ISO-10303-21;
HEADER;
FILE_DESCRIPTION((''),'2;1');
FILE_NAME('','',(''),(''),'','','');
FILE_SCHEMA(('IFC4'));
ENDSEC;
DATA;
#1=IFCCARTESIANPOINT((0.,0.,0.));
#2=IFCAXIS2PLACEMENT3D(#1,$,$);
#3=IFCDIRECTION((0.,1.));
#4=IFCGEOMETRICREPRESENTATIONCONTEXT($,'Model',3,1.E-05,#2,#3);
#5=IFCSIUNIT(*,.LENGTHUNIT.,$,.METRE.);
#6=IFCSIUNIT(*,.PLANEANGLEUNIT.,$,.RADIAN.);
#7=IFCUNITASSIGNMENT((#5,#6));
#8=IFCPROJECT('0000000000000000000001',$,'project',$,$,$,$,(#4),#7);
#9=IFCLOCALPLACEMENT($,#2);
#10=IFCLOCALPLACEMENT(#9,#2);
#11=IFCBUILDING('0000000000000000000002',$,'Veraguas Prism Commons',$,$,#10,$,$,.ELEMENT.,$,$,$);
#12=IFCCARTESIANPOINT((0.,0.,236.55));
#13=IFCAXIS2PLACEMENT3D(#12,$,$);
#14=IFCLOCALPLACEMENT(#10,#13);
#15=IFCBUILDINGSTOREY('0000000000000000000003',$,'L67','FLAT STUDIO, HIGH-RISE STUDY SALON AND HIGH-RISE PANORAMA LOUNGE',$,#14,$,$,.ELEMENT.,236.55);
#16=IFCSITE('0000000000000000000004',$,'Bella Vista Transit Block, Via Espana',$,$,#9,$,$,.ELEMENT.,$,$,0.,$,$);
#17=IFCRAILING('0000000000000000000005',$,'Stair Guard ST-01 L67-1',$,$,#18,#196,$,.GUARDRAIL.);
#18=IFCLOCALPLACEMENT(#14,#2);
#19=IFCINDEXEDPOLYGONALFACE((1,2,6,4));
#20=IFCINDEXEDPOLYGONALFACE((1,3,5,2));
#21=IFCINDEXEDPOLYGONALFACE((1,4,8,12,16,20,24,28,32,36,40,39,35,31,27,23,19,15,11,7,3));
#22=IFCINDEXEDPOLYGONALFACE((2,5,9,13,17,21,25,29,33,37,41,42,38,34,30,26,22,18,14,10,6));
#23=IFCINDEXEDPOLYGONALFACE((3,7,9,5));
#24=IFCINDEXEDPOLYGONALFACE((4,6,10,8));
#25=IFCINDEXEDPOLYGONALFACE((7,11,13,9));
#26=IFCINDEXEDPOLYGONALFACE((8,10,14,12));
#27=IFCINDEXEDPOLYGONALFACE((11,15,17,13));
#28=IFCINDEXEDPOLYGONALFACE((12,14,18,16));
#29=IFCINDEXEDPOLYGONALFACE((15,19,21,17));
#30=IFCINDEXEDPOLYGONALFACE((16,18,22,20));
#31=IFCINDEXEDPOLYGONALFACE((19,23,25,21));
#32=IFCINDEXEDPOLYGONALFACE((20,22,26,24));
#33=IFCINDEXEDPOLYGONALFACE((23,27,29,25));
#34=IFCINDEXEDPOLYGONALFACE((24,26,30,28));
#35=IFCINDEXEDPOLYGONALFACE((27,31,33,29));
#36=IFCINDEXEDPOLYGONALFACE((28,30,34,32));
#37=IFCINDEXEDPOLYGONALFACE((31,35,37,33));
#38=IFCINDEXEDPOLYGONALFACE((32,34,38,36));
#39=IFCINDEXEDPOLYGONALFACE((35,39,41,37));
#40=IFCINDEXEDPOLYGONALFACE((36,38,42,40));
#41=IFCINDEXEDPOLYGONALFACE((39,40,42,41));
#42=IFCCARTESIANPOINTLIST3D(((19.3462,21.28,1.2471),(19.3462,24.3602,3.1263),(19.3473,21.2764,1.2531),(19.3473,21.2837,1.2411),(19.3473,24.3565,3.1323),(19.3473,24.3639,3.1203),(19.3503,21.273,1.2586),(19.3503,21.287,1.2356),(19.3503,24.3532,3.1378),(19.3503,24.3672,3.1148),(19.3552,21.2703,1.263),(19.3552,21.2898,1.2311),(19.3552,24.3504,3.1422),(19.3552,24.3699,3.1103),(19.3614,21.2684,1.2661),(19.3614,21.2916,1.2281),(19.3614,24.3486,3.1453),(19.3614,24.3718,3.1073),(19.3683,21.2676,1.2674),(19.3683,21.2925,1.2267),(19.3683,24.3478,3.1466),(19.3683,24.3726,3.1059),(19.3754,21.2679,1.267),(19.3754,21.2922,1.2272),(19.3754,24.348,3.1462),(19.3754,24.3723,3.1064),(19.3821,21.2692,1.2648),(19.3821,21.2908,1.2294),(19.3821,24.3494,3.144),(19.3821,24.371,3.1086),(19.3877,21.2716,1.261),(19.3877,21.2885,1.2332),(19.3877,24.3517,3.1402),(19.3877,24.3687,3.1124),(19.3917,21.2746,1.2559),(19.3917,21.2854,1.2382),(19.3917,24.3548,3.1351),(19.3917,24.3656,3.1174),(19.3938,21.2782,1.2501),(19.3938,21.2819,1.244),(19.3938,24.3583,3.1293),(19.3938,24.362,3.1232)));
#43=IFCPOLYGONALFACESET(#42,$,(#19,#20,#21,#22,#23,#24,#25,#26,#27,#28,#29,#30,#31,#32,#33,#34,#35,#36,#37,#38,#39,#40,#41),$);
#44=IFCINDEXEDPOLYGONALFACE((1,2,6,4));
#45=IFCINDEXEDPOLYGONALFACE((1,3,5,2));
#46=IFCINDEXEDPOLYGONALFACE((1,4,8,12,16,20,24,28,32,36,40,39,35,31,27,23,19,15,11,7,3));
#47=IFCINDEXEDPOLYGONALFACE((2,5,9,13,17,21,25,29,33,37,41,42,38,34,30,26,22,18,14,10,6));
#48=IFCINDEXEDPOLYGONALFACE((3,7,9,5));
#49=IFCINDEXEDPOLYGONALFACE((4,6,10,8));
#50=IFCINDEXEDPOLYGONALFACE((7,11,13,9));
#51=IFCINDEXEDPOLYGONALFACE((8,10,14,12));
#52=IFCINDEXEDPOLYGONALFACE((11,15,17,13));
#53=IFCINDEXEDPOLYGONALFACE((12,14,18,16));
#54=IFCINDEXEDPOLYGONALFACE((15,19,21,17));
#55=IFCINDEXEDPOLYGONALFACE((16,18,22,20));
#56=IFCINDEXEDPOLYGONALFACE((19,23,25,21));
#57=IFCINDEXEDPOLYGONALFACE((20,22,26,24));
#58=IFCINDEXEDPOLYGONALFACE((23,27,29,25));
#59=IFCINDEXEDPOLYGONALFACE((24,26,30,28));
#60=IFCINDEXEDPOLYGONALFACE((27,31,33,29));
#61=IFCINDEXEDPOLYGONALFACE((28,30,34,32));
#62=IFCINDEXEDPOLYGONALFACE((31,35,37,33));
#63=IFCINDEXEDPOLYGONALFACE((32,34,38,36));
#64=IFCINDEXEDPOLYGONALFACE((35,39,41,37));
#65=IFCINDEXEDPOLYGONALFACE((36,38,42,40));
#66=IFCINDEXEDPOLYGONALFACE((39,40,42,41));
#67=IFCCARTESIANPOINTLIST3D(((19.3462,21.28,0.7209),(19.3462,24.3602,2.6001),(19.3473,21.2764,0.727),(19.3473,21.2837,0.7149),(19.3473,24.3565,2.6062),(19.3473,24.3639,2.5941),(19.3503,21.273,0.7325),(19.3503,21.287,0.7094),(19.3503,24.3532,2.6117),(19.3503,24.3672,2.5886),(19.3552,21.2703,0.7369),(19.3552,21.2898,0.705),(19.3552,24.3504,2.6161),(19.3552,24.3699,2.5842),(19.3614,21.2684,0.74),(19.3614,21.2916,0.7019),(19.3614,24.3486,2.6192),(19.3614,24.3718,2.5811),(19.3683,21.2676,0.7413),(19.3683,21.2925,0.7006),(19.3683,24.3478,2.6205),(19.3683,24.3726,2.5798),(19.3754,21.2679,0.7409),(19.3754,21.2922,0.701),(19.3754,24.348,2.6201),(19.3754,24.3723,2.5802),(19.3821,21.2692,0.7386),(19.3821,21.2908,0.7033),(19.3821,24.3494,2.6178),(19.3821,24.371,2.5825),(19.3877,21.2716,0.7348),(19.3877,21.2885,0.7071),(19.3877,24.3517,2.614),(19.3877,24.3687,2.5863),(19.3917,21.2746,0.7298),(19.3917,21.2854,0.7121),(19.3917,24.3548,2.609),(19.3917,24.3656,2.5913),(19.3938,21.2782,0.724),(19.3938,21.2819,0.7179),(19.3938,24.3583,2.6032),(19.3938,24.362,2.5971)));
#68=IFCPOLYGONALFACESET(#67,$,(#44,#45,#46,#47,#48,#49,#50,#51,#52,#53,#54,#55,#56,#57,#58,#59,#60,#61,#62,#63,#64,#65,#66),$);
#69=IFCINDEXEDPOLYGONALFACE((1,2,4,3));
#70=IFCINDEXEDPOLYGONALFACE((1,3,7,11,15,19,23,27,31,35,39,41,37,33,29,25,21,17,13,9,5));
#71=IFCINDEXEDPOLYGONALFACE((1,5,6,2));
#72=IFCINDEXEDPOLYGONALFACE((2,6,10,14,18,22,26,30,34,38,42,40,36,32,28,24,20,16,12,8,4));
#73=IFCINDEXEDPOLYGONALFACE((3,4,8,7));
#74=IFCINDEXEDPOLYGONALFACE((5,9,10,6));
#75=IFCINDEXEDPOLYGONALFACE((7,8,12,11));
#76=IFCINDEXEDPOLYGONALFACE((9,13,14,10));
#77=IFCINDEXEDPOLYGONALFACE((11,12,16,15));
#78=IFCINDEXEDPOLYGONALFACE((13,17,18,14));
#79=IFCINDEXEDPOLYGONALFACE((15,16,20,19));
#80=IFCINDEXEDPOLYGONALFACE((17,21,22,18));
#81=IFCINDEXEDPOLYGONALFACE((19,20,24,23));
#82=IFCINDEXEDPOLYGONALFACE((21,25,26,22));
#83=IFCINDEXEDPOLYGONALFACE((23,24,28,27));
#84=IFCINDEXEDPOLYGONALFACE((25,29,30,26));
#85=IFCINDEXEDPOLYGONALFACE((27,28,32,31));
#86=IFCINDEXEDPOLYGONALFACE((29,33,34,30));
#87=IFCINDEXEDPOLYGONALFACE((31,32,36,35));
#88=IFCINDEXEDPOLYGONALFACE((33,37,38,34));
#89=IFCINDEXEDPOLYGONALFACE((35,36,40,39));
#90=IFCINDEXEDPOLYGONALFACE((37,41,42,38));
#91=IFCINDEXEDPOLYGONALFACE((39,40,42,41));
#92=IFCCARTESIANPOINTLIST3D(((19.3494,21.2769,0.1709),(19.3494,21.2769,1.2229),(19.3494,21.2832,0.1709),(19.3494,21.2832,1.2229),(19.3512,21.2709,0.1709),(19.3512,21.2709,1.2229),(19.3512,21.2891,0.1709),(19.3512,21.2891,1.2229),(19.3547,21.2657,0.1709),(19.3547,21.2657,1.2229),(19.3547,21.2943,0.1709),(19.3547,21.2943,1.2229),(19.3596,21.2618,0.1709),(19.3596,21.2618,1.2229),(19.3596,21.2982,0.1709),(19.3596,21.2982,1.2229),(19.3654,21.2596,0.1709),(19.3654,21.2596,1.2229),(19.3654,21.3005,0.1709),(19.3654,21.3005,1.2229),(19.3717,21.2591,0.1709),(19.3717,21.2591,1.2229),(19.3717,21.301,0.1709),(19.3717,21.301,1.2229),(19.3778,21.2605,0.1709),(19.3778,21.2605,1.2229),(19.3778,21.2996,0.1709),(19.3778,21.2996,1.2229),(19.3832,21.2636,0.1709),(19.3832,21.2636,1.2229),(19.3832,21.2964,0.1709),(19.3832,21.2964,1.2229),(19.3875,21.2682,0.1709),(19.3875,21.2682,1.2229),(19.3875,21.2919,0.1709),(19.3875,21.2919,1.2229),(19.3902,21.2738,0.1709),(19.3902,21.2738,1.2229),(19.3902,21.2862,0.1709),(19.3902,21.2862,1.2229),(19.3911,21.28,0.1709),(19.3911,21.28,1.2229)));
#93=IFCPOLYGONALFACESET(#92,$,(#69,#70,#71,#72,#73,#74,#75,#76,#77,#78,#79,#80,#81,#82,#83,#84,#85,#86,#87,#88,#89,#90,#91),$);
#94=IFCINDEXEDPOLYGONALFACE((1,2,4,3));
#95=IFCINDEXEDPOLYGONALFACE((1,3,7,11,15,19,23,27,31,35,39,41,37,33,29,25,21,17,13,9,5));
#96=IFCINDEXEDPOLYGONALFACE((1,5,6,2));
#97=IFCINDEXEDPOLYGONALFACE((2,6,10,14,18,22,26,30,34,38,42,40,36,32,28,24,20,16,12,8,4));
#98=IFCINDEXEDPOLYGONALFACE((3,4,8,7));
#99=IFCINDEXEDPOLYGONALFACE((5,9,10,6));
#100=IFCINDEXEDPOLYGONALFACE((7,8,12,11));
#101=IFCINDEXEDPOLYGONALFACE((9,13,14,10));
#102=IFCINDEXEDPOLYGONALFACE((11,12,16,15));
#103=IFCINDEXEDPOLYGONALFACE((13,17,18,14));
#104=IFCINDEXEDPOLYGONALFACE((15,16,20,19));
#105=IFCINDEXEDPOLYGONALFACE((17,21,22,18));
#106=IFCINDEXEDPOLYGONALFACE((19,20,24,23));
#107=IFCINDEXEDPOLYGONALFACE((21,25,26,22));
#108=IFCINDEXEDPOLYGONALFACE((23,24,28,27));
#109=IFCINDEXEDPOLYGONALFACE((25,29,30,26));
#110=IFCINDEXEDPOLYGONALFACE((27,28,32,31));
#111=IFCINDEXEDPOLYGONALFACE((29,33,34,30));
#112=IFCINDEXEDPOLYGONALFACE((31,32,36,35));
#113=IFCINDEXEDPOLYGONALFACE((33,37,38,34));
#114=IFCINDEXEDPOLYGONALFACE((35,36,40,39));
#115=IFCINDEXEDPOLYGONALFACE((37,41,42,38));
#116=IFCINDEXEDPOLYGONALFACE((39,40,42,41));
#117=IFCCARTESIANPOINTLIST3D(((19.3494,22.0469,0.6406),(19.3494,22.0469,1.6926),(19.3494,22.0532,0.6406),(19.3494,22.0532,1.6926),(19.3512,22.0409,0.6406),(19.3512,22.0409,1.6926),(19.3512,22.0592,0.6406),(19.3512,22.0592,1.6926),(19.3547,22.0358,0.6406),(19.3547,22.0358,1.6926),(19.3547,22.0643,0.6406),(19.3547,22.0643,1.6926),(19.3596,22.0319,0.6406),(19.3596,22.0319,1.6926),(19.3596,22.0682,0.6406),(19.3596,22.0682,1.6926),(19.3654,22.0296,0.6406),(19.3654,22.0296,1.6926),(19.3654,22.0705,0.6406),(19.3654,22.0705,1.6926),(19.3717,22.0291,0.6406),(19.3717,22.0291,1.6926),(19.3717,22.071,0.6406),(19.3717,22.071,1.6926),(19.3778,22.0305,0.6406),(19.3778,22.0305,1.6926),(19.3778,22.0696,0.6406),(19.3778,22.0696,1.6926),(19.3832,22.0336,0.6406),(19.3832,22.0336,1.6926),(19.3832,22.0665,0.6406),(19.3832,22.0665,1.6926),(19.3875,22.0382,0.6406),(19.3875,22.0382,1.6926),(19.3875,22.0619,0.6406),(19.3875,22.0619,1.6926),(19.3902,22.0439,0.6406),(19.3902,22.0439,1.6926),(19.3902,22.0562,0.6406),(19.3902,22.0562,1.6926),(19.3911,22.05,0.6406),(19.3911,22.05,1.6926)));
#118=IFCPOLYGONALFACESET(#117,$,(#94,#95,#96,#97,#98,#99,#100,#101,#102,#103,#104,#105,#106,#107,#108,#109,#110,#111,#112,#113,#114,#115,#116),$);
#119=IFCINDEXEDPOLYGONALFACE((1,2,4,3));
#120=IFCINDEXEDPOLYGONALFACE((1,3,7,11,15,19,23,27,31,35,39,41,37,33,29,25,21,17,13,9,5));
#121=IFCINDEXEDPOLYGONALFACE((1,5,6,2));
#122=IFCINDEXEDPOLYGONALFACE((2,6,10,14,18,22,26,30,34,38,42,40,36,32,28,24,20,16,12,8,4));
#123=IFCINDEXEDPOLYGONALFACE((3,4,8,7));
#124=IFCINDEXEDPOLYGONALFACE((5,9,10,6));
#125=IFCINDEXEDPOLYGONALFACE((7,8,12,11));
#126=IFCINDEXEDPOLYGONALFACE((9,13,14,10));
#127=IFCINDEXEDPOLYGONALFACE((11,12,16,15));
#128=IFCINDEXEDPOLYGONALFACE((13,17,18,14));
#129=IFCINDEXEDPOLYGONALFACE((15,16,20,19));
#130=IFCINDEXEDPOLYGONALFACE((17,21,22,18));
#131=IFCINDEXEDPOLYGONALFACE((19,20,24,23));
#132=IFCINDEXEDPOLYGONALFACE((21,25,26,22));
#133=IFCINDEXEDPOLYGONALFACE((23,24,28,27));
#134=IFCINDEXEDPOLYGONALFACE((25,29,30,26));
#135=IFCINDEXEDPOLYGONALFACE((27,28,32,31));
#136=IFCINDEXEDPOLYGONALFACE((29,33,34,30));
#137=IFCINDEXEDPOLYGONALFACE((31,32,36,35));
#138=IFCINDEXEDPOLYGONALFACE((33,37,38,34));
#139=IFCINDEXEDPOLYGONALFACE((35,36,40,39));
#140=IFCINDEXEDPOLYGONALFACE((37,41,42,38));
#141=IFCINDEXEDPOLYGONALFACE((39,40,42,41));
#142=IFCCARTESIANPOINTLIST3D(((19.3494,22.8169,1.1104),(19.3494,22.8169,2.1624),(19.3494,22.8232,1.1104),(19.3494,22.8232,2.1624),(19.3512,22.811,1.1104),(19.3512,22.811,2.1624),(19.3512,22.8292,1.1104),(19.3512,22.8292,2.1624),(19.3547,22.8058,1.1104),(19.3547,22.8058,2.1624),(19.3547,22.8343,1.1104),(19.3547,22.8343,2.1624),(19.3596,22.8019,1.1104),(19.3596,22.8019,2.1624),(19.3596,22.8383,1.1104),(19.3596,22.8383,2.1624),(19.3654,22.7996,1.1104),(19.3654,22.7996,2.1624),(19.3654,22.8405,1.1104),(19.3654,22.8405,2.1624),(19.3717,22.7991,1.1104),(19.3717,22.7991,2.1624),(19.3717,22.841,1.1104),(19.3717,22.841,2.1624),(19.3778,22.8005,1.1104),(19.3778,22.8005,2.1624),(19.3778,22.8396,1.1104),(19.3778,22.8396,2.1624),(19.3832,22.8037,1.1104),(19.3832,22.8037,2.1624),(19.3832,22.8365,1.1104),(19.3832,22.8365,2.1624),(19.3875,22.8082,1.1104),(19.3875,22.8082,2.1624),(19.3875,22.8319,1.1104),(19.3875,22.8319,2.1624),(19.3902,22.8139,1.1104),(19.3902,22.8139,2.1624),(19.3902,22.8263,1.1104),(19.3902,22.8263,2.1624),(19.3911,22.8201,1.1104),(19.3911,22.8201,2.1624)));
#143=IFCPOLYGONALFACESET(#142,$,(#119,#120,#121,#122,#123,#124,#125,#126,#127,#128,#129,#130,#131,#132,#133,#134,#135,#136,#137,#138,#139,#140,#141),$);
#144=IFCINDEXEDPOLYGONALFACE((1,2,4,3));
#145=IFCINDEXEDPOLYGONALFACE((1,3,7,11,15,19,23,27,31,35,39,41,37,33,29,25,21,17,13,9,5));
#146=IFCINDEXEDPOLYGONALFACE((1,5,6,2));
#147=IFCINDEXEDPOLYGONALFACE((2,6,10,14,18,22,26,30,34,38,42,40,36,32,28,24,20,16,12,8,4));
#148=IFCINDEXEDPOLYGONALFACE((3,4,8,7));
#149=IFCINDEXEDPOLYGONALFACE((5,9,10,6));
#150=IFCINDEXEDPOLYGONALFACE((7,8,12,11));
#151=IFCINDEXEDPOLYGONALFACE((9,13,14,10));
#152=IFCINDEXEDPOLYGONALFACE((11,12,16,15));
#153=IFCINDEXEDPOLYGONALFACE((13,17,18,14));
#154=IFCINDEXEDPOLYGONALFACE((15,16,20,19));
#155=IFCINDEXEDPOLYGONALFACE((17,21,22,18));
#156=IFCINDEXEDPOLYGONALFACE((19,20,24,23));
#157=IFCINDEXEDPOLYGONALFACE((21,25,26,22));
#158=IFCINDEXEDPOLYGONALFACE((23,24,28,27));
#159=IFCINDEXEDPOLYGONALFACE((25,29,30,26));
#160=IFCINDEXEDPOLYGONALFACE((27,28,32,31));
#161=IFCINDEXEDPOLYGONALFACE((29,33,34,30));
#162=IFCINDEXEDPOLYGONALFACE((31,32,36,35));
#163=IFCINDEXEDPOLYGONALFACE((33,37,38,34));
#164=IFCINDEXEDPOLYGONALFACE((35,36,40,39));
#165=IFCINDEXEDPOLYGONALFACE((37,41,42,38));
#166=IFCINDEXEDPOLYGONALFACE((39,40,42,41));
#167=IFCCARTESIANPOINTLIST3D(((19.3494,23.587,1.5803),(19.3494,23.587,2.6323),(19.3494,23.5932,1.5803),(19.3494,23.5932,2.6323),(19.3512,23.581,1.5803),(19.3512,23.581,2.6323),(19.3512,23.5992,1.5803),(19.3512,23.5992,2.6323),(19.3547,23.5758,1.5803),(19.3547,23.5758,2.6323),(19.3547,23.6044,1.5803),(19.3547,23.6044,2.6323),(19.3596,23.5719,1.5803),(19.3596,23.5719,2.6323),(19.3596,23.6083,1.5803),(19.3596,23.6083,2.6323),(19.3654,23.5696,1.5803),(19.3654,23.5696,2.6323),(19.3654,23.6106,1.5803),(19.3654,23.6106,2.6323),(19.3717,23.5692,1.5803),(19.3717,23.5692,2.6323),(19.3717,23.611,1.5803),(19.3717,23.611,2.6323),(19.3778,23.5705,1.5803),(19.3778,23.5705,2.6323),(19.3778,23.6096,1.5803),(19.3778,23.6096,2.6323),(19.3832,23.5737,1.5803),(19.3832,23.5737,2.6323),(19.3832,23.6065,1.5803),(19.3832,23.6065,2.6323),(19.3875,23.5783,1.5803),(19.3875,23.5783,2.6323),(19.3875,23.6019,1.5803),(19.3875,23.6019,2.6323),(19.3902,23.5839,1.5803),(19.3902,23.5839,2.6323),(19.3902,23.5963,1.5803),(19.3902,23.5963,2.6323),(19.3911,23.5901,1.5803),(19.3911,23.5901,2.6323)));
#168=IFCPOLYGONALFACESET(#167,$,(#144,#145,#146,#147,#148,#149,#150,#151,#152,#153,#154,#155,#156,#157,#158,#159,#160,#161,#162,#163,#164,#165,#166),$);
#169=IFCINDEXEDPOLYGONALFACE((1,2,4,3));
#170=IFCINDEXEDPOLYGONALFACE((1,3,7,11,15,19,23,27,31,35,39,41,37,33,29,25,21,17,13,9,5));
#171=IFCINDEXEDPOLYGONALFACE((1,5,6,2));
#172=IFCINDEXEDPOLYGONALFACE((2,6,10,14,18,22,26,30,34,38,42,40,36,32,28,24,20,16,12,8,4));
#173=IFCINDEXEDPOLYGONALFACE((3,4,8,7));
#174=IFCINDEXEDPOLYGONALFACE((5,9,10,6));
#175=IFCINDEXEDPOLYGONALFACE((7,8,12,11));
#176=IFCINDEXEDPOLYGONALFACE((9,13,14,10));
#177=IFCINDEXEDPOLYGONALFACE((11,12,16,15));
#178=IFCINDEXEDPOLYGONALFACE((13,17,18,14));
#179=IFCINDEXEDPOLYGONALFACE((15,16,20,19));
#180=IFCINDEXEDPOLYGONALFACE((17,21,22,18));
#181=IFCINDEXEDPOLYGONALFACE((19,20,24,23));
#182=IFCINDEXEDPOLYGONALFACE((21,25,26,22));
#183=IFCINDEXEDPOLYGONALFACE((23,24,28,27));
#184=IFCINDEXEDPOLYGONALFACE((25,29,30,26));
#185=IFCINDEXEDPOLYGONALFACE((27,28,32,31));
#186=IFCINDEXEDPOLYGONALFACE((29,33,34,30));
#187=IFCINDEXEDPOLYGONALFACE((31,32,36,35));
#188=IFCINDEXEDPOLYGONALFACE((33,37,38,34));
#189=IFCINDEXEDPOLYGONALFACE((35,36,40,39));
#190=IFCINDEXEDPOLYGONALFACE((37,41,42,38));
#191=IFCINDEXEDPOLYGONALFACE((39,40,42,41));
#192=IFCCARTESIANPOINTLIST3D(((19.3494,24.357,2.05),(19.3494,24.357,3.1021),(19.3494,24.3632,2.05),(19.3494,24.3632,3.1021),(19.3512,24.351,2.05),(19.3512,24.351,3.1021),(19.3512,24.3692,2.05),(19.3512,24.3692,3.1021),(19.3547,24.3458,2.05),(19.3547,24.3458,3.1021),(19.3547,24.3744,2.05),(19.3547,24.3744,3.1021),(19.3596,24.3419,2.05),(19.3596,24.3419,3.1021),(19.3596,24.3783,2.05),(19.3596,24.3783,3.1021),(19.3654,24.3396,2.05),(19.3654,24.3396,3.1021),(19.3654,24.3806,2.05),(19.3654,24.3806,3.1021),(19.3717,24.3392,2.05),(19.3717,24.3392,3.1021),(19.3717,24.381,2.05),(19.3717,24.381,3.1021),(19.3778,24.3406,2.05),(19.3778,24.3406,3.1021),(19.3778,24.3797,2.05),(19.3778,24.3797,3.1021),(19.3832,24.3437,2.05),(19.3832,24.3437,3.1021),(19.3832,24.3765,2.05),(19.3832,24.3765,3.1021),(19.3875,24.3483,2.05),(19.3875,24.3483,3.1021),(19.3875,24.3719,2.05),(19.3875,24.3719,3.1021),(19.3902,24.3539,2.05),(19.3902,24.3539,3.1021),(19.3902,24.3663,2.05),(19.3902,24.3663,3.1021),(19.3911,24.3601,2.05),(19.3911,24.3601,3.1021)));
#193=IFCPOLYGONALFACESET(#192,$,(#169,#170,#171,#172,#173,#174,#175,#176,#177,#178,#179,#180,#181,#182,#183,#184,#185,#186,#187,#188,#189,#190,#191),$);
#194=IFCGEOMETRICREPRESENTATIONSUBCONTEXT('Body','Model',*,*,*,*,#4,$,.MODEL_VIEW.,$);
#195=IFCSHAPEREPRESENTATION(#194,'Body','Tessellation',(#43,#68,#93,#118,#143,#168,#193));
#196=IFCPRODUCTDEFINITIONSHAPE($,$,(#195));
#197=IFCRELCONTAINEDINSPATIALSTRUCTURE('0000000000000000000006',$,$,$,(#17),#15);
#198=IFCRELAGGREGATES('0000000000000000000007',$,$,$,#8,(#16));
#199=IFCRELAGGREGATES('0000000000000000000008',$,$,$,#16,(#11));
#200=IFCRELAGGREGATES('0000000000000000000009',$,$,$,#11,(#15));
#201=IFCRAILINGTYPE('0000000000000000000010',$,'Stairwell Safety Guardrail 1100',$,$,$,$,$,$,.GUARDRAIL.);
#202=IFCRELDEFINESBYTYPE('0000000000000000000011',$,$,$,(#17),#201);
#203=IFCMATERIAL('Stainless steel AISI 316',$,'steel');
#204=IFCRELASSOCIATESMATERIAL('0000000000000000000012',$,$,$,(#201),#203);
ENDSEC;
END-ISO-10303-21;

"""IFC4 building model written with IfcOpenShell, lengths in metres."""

from ifc_helpers import new_model, si_unit, direction, frame, origin, origin_2d, place, context, subcontext, project, spatial, circle, extrude, material, type_object, element, save


model = new_model("IFC4")

# Units and contexts
model_context = context("Model", 3, precision=1e-05, world=origin(), true_north=direction((0.0, 1.0)))
body_context = subcontext(model_context, "Body", "Model", "MODEL_VIEW")
ifc_project = project(units=[si_unit("LENGTHUNIT", "METRE"), si_unit("PLANEANGLEUNIT", "RADIAN")], contexts=[model_context])

# Site, building, storey
site_placement = place(None, origin())
site = spatial("IfcSite", under=ifc_project, at=site_placement, Name="Bella Vista Transit Block, Via Espana", CompositionType="ELEMENT", RefElevation=0.0)
building_placement = place(site_placement, origin())
building = spatial("IfcBuilding", under=site, at=building_placement, Name="Veraguas Prism Commons", CompositionType="ELEMENT")
storey_placement = place(building_placement, frame((0.0, 0.0, 236.55)))
storey = spatial("IfcBuildingStorey", under=building, at=storey_placement, Name="L67", Description="FLAT STUDIO, HIGH-RISE STUDY SALON AND HIGH-RISE PANORAMA LOUNGE", CompositionType="ELEMENT", Elevation=236.55)

# Railing
ifc_material_1 = material(Name="Stainless steel AISI 316", Category="steel")
railing_type_1 = type_object("IfcRailingType", Name="Stairwell Safety Guardrail 1100", PredefinedType="GUARDRAIL", material=ifc_material_1)
railing_1_placement = place(storey_placement, frame((19.3701, 21.28, 0.1709)))
element("IfcRailing", 1, at=railing_1_placement, inside=storey, type_object=railing_type_1, Name="Stair Guard ST-01 L67-1", PredefinedType="GUARDRAIL", context=body_context, shape_type="SweptSolid", body=[
    extrude(circle(Radius=0.0239, at=origin_2d()), frame((0.0, 0.0, 1.0762), z_axis=(0.0, 0.853666, 0.52082), x_axis=(-1.0, 0.0, 0.0)), (0.0, 0.0, 1.0), 3.6082),
    extrude(circle(Radius=0.0239, at=origin_2d()), frame((0.0, 0.0, 0.55), z_axis=(0.0, 0.853666, 0.52082), x_axis=(-1.0, 0.0, 0.0)), (0.0, 0.0, 1.0), 3.6082),
    extrude(circle(Radius=0.021, at=origin_2d()), origin(), (0.0, 0.0, 1.0), 1.052),
    extrude(circle(Radius=0.021, at=origin_2d()), frame((0.0, 0.77, 0.4697)), (0.0, 0.0, 1.0), 1.052),
    extrude(circle(Radius=0.021, at=origin_2d()), frame((0.0, 1.54, 0.9395)), (0.0, 0.0, 1.0), 1.052),
    extrude(circle(Radius=0.021, at=origin_2d()), frame((0.0, 2.3101, 1.4094)), (0.0, 0.0, 1.0), 1.052),
    extrude(circle(Radius=0.021, at=origin_2d()), frame((0.0, 3.0801, 1.8792)), (0.0, 0.0, 1.0), 1.052),
])

save(model, "model.ifc")
